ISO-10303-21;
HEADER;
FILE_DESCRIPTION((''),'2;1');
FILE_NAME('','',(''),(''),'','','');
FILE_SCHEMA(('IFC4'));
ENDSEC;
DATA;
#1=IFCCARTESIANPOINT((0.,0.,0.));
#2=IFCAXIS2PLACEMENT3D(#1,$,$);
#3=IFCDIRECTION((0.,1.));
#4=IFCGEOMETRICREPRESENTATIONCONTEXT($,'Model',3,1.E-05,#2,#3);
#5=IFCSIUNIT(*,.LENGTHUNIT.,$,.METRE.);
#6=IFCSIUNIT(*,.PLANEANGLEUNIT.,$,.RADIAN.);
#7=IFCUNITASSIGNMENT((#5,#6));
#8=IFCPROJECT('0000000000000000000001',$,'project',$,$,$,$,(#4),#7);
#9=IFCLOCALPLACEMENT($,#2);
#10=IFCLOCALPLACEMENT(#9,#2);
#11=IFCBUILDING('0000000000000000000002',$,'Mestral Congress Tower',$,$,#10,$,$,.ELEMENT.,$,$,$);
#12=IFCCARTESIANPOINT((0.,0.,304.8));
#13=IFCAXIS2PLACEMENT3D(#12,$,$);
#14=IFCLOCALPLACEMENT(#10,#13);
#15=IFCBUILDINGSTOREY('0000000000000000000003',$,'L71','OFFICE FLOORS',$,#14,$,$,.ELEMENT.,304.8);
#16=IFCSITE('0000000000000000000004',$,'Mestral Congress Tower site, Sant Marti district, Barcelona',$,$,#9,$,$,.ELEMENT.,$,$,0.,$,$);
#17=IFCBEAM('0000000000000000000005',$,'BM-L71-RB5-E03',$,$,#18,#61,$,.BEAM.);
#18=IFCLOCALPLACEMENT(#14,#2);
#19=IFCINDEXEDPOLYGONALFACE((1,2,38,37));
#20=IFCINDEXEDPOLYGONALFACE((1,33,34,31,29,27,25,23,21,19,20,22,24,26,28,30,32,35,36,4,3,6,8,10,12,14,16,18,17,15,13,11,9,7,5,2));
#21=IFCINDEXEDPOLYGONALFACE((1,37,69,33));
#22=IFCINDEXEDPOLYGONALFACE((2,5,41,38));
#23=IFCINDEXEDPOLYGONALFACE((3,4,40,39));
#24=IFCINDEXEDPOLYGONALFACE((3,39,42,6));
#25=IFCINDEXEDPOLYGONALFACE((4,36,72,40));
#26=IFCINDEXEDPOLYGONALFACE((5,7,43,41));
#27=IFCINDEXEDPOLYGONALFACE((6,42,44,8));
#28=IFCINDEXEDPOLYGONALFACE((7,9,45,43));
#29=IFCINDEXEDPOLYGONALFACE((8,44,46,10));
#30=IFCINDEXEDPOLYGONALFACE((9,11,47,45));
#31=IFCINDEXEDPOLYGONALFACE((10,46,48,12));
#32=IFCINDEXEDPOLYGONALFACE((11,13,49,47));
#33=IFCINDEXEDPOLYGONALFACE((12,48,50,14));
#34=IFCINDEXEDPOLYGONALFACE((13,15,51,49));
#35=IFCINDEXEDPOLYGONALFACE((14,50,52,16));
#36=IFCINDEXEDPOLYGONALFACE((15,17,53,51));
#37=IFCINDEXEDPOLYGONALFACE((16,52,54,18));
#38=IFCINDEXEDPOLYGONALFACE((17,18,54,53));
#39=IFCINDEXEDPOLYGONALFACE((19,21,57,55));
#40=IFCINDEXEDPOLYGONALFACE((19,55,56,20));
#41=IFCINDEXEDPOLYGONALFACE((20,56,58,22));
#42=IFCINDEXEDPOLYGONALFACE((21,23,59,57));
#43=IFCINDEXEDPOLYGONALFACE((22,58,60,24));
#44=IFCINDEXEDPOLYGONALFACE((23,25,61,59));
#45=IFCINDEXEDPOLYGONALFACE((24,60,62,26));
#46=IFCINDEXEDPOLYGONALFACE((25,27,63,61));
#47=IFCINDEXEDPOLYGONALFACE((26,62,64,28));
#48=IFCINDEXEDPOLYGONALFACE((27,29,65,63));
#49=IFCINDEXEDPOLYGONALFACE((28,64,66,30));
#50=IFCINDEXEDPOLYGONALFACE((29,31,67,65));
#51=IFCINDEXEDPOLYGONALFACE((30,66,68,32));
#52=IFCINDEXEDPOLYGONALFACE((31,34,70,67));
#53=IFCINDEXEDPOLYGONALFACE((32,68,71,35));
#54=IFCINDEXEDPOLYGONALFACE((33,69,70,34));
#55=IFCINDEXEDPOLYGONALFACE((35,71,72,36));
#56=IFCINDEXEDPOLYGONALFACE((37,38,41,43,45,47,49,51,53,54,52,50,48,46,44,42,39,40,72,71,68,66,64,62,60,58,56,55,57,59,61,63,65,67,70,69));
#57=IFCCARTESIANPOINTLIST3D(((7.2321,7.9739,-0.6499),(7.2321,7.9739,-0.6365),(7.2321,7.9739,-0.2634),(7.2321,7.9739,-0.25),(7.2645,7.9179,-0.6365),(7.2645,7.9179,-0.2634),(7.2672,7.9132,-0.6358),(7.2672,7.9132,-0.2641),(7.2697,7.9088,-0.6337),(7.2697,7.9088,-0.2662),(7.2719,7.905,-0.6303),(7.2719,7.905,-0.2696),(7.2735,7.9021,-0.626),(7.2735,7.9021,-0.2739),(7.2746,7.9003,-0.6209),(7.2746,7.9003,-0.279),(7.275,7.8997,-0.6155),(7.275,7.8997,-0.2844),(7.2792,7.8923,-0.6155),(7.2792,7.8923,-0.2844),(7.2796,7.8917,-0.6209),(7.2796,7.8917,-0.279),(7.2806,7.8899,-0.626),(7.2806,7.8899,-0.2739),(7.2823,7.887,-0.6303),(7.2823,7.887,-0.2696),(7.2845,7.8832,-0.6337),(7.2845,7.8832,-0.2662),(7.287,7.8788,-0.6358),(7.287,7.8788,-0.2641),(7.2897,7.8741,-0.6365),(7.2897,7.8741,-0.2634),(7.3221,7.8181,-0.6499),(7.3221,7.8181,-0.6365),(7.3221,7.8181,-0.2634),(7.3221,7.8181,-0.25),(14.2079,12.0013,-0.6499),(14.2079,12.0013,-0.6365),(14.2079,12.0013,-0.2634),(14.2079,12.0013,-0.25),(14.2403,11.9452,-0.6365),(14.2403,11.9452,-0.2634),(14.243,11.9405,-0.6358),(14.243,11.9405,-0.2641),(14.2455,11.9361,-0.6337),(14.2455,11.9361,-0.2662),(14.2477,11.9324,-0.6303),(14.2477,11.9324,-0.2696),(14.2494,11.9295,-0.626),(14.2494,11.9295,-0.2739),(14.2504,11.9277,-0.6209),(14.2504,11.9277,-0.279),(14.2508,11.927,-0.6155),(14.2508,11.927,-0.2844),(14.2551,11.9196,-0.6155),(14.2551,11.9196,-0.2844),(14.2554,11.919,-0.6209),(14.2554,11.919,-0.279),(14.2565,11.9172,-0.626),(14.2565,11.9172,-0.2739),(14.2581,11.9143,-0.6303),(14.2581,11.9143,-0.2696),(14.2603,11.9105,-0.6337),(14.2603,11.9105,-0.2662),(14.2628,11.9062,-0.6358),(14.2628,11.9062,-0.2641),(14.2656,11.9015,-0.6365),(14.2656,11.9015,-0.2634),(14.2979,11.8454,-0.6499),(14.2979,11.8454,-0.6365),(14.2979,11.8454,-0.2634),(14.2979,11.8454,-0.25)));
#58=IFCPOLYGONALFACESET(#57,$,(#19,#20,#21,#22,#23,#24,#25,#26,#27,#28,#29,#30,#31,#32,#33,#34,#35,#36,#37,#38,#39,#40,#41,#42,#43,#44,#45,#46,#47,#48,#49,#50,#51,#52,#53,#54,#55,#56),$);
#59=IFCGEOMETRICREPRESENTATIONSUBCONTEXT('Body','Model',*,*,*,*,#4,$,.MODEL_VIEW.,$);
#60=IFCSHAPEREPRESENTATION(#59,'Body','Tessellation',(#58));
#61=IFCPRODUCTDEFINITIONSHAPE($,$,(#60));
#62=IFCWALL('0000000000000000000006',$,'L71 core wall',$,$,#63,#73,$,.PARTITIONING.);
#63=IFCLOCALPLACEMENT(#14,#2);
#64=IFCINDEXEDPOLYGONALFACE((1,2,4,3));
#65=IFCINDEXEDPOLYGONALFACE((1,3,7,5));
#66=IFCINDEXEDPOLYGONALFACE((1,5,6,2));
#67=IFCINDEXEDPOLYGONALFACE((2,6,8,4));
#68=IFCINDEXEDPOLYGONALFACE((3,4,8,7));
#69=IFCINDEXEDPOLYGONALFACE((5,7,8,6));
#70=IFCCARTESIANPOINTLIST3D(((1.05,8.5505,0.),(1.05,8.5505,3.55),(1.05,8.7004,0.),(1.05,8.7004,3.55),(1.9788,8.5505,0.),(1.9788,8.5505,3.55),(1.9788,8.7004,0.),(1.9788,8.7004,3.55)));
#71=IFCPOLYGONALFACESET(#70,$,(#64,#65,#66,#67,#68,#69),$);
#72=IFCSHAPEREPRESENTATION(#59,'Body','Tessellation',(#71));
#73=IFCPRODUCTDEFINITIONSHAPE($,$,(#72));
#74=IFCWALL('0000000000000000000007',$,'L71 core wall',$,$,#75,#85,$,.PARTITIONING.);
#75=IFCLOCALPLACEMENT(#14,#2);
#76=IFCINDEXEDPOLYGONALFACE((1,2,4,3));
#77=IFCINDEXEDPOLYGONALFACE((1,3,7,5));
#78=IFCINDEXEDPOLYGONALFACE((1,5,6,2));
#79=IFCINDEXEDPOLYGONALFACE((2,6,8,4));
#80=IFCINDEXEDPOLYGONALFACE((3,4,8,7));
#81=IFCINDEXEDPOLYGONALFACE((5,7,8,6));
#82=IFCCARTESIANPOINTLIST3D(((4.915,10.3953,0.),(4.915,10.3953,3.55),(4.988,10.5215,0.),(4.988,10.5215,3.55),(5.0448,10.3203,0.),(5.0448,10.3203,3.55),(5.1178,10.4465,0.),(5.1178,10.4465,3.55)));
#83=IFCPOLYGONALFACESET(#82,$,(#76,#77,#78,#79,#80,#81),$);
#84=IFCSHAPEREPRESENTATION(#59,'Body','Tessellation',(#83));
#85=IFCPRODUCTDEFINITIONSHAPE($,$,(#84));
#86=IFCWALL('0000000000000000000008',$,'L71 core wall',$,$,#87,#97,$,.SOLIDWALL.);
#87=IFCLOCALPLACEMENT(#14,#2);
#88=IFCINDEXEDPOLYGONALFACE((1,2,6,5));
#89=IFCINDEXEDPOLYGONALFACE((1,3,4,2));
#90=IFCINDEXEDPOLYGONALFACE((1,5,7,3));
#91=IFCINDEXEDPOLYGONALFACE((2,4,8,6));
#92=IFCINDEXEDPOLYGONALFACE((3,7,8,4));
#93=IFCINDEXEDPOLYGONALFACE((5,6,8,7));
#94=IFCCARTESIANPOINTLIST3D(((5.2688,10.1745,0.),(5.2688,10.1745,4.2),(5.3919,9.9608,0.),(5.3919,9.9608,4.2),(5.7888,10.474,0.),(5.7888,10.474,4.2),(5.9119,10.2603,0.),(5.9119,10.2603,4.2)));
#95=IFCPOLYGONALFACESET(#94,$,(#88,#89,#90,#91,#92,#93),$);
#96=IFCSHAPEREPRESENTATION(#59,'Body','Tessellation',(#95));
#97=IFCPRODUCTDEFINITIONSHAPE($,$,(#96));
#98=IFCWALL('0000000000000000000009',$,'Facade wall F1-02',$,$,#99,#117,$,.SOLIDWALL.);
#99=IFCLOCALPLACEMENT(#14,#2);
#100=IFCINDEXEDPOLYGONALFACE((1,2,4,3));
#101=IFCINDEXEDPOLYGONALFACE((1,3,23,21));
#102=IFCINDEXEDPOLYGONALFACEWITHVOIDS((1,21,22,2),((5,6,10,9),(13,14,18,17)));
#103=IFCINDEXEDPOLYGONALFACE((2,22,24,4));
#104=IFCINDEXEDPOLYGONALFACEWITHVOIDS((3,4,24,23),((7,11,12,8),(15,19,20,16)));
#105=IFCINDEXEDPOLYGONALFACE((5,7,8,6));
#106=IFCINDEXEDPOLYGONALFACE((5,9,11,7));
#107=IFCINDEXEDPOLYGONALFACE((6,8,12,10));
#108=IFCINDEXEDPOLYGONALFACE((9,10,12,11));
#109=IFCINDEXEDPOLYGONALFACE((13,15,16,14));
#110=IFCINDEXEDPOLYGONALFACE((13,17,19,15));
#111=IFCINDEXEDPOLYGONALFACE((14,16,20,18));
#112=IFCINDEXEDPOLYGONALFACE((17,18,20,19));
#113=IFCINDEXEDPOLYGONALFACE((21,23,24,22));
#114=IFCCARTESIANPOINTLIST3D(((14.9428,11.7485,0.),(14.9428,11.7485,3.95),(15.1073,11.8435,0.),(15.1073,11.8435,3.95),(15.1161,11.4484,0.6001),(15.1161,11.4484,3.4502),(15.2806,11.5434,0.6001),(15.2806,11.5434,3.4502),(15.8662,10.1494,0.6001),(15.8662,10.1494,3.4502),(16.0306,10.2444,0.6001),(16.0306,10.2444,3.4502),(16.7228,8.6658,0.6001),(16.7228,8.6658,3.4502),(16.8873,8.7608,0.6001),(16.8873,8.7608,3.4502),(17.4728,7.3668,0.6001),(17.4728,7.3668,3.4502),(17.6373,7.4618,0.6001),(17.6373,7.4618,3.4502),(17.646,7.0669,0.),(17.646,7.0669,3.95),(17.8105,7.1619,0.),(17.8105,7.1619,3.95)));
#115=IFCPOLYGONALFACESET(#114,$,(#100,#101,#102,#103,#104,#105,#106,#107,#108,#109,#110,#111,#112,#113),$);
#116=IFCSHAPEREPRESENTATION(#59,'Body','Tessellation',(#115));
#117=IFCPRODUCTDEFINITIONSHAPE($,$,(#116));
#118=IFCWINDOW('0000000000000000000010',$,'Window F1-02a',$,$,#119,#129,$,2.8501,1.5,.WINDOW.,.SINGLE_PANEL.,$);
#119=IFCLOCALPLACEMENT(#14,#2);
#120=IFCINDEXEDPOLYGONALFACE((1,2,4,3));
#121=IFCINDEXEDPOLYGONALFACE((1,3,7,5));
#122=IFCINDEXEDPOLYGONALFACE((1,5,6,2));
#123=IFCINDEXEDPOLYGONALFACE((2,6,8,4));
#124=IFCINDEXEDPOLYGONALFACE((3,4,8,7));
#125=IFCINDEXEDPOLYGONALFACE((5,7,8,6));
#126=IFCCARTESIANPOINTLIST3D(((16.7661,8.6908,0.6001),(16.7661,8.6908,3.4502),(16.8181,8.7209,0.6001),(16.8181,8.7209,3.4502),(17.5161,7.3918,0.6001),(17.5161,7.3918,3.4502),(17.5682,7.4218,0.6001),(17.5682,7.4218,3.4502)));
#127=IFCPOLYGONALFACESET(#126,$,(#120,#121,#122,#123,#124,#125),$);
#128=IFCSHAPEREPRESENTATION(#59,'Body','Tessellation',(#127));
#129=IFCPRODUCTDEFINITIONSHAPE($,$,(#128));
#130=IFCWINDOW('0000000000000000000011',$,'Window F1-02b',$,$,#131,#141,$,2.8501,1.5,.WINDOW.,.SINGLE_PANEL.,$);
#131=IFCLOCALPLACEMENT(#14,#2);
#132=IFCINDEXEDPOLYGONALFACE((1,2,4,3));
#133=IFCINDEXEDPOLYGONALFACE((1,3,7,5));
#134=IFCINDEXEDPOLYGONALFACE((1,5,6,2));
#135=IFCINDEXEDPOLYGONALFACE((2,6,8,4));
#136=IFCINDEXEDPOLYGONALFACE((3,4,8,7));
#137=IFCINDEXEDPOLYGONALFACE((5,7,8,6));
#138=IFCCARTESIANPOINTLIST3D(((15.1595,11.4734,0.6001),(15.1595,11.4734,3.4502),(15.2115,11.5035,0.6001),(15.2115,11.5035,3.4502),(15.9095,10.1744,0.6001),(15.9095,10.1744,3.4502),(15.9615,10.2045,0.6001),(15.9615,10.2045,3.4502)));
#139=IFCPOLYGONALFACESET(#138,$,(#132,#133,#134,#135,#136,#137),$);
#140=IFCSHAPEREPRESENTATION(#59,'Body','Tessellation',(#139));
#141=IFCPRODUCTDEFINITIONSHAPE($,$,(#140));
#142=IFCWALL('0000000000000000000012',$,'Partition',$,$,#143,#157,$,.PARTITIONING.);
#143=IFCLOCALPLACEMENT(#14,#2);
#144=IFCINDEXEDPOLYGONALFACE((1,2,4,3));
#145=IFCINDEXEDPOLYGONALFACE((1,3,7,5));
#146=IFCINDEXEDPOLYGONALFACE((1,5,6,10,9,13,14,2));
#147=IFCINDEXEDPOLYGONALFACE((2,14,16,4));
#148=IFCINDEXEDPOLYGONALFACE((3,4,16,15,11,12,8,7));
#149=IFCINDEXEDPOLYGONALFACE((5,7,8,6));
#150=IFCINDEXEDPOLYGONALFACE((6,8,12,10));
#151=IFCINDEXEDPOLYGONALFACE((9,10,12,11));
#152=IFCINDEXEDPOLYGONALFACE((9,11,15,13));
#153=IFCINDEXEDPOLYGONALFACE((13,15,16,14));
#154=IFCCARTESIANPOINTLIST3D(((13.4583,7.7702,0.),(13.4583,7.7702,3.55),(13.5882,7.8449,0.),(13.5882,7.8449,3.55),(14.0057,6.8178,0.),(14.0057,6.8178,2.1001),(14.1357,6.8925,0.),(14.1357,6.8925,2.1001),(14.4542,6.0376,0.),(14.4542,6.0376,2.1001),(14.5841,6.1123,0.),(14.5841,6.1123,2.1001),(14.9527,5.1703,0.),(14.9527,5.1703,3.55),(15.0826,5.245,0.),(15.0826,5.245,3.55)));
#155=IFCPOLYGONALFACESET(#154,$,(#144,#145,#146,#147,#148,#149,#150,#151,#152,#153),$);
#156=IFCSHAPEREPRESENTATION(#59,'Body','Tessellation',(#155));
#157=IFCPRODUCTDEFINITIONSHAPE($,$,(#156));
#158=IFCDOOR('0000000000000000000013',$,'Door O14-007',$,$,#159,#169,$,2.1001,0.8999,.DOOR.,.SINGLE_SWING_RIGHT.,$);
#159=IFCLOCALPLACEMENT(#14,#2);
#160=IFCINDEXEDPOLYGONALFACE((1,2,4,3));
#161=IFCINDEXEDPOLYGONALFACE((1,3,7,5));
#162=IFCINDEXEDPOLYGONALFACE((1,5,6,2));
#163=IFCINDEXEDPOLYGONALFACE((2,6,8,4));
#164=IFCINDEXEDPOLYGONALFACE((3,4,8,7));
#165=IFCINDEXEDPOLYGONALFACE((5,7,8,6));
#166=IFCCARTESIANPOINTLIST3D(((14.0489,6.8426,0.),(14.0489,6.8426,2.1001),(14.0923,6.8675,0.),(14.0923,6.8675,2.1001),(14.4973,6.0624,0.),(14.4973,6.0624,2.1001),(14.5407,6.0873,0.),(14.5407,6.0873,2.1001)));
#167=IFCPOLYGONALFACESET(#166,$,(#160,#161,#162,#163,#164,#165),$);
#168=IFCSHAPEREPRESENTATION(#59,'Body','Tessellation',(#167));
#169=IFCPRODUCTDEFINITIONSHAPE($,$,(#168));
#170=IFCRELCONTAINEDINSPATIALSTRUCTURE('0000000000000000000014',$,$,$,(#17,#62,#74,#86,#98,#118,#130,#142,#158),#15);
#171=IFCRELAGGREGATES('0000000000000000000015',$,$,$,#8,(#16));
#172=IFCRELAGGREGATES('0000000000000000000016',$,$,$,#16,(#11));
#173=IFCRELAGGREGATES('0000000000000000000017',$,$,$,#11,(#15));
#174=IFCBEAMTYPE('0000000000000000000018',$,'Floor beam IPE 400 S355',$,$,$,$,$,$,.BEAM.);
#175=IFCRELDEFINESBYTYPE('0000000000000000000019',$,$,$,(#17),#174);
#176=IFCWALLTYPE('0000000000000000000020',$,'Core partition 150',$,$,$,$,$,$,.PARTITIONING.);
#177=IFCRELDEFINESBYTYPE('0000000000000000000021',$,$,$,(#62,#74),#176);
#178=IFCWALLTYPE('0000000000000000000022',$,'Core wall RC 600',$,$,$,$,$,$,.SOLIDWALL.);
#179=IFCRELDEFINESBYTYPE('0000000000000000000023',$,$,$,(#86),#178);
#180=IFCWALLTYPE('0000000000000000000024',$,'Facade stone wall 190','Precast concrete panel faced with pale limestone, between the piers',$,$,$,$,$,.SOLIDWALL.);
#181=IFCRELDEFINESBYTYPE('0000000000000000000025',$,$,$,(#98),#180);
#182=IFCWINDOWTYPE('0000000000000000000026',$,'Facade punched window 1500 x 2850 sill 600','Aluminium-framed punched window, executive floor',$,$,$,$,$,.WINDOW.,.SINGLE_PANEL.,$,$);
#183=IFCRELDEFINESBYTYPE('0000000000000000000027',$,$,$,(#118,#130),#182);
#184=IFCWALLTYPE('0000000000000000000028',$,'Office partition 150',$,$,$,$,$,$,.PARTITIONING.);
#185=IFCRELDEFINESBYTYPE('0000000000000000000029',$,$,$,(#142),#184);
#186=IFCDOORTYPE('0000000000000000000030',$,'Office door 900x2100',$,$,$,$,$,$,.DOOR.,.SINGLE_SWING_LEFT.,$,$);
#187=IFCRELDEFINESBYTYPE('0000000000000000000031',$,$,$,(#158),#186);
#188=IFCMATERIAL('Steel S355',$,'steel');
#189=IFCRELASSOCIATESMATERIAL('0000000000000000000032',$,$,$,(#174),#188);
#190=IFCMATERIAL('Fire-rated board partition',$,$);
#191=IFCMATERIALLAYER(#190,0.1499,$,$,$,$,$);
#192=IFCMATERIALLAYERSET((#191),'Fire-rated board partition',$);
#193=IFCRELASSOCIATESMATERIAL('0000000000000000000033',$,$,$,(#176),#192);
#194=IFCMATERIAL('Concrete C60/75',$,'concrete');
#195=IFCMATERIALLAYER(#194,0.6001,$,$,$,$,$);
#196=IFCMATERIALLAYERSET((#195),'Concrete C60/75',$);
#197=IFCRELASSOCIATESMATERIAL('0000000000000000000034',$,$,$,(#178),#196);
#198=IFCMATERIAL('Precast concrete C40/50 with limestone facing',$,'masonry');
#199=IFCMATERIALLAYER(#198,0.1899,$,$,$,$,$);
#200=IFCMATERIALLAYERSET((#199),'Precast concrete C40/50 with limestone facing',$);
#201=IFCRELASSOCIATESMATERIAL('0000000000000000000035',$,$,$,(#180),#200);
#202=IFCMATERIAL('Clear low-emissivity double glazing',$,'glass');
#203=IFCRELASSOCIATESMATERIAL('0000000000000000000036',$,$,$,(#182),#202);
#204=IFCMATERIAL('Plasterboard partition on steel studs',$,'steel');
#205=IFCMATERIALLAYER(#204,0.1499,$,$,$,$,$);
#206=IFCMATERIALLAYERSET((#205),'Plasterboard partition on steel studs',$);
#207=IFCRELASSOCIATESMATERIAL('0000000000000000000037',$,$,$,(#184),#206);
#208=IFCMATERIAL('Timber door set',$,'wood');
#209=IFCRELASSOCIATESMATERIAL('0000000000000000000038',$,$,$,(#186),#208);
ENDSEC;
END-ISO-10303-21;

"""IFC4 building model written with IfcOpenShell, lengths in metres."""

from ifc_helpers import new_model, si_unit, direction, frame, frame_2d, origin, origin_2d, place, context, subcontext, project, spatial, rectangle, i_section, extrude, material, layer, layer_set, material_profile, profile_set, type_object, element, fill, save


model = new_model("IFC4")

# Units and contexts
model_context = context("Model", 3, precision=1e-05, world=origin(), true_north=direction((0.0, 1.0)))
body_context = subcontext(model_context, "Body", "Model", "MODEL_VIEW")
ifc_project = project(units=[si_unit("LENGTHUNIT", "METRE"), si_unit("PLANEANGLEUNIT", "RADIAN")], contexts=[model_context])

# Site, building, storey
site_placement = place(None, origin())
site = spatial("IfcSite", under=ifc_project, at=site_placement, Name="Mestral Congress Tower site, Sant Marti district, Barcelona", CompositionType="ELEMENT", RefElevation=0.0)
building_placement = place(site_placement, origin())
building = spatial("IfcBuilding", under=site, at=building_placement, Name="Mestral Congress Tower", CompositionType="ELEMENT")
storey_placement = place(building_placement, frame((0.0, 0.0, 304.8)))
storey = spatial("IfcBuildingStorey", under=building, at=storey_placement, Name="L71", Description="OFFICE FLOORS", CompositionType="ELEMENT", Elevation=304.8)

# Beam
ifc_material_1 = material(Name="Steel S355", Category="steel")
ifc_material_profile = material_profile(ifc_material_1, i_section(OverallWidth=0.1799, OverallDepth=0.3999, WebThickness=0.0085, FlangeThickness=0.0134, FilletRadius=0.021, at=origin_2d()), Name="IPE 400")
ifc_profile_set = profile_set([ifc_material_profile], Name="Steel S355")
beam_type = type_object("IfcBeamType", Name="Floor beam IPE 400 S355", PredefinedType="BEAM", material=ifc_profile_set)
beam_placement = place(storey_placement, frame((14.2529, 11.9233, -0.45), z_axis=(-0.866034, -0.499986, 0.0), x_axis=(0.499986, -0.866034, 0.0)))
element("IfcBeam", 1, at=beam_placement, inside=storey, type_object=beam_type, Name="BM-L71-RB5-E03", PredefinedType="BEAM", context=body_context, shape_type="SweptSolid", body=[
    extrude(i_section(OverallWidth=0.1799, OverallDepth=0.3999, WebThickness=0.0085, FlangeThickness=0.0134, FilletRadius=0.021, at=origin_2d()), origin(), (0.0, 0.0, 1.0), 8.0549),
])

# Walls
ifc_material_2 = material(Name="Fire-rated board partition")
ifc_layer_1 = layer(ifc_material_2, 0.1499)
ifc_layer_set_1 = layer_set([ifc_layer_1], Name="Fire-rated board partition")
wall_type_1 = type_object("IfcWallType", Name="Core partition 150", PredefinedType="PARTITIONING", material=ifc_layer_set_1)
wall_1_placement = place(storey_placement, frame((1.05, 8.6255, 0.0), z_axis=(0.0, 0.0, 1.0), x_axis=(1.0, 0.0, 0.0)))
element("IfcWall", 2, at=wall_1_placement, inside=storey, type_object=wall_type_1, Name="L71 core wall", PredefinedType="PARTITIONING", context=body_context, shape_type="SweptSolid", body=[
    extrude(rectangle(XDim=0.9287, YDim=0.1499, at=frame_2d((0.4644, 0.0))), origin(), (0.0, 0.0, 1.0), 3.55),
])
wall_2_placement = place(storey_placement, frame((4.98, 10.3579, 0.0), z_axis=(0.0, 0.0, 1.0), x_axis=(0.50064, 0.865655, 0.0)))
element("IfcWall", 3, at=wall_2_placement, inside=storey, type_object=wall_type_1, Name="L71 core wall", PredefinedType="PARTITIONING", context=body_context, shape_type="SweptSolid", body=[
    extrude(rectangle(XDim=0.1458, YDim=0.1499, at=frame_2d((0.0728, 0.0))), origin(), (0.0, 0.0, 1.0), 3.55),
])
ifc_material_3 = material(Name="Concrete C60/75", Category="concrete")
ifc_layer_2 = layer(ifc_material_3, 0.6001)
ifc_layer_set_2 = layer_set([ifc_layer_2], Name="Concrete C60/75")
wall_type_2 = type_object("IfcWallType", Name="Core wall RC 600", PredefinedType="SOLIDWALL", material=ifc_layer_set_2)
wall_3_placement = place(storey_placement, frame((5.5288, 10.3242, 0.0), z_axis=(0.0, 0.0, 1.0), x_axis=(0.499122, -0.866532, 0.0)))
element("IfcWall", 4, at=wall_3_placement, inside=storey, type_object=wall_type_2, Name="L71 core wall", PredefinedType="SOLIDWALL", context=body_context, shape_type="SweptSolid", body=[
    extrude(rectangle(XDim=0.2466, YDim=0.6001, at=frame_2d((0.1233, 0.0))), origin(), (0.0, 0.0, 1.0), 4.2),
])

# Wall, openings, windows
ifc_material_4 = material(Name="Precast concrete C40/50 with limestone facing", Category="masonry")
ifc_layer_3 = layer(ifc_material_4, 0.1899)
ifc_layer_set_3 = layer_set([ifc_layer_3], Name="Precast concrete C40/50 with limestone facing")
wall_type_3 = type_object("IfcWallType", Name="Facade stone wall 190", Description="Precast concrete panel faced with pale limestone, between the piers", PredefinedType="SOLIDWALL", material=ifc_layer_set_3)
wall_4_placement = place(storey_placement, frame((17.7283, 7.1143, 0.0), z_axis=(0.0, 0.0, 1.0), x_axis=(-0.500025, 0.866011, 0.0)))
wall_4 = element("IfcWall", 5, at=wall_4_placement, inside=storey, type_object=wall_type_3, Name="Facade wall F1-02", PredefinedType="SOLIDWALL", context=body_context, shape_type="SweptSolid", body=[
    extrude(rectangle(XDim=5.406, YDim=0.1899, at=frame_2d((2.7031, 0.0))), origin(), (0.0, 0.0, 1.0), 3.95),
])
opening_1_placement = place(wall_4_placement, frame((0.3464, 0.0, 0.6001)))
opening_1 = element("IfcOpeningElement", 6, at=opening_1_placement, cuts=wall_4, PredefinedType="OPENING", context=body_context, shape_type="SweptSolid", body=[
    extrude(rectangle(XDim=1.5, YDim=2.8501, at=frame_2d((0.75, 1.425))), frame((0.0, 0.105, 0.0), z_axis=(0.0, -1.0, 0.0), x_axis=(1.0, 0.0, 0.0)), (0.0, 0.0, 1.0), 0.21),
])
opening_2_placement = place(wall_4_placement, frame((3.5596, 0.0, 0.6001)))
opening_2 = element("IfcOpeningElement", 7, at=opening_2_placement, cuts=wall_4, PredefinedType="OPENING", context=body_context, shape_type="SweptSolid", body=[
    extrude(rectangle(XDim=1.5, YDim=2.8501, at=frame_2d((0.75, 1.425))), frame((0.0, 0.105, 0.0), z_axis=(0.0, -1.0, 0.0), x_axis=(1.0, 0.0, 0.0)), (0.0, 0.0, 1.0), 0.21),
])
ifc_material_5 = material(Name="Clear low-emissivity double glazing", Category="glass")
window_type = type_object("IfcWindowType", Name="Facade punched window 1500 x 2850 sill 600", Description="Aluminium-framed punched window, executive floor", PartitioningType="SINGLE_PANEL", PredefinedType="WINDOW", material=ifc_material_5)
window_1_placement = place(opening_1_placement, origin())
window_1 = element("IfcWindow", 8, at=window_1_placement, inside=storey, type_object=window_type, Name="Window F1-02a", OverallHeight=2.8501, OverallWidth=1.5, PartitioningType="SINGLE_PANEL", PredefinedType="WINDOW", context=body_context, shape_type="SweptSolid", body=[
    extrude(rectangle(XDim=1.5, YDim=2.8501, at=frame_2d((0.75, 1.425))), frame((0.0, 0.0449, 0.0), z_axis=(0.0, -1.0, 0.0), x_axis=(1.0, 0.0, 0.0)), (0.0, 0.0, 1.0), 0.0601),
])
fill(opening_1, window_1)
window_2_placement = place(opening_2_placement, origin())
window_2 = element("IfcWindow", 9, at=window_2_placement, inside=storey, type_object=window_type, Name="Window F1-02b", OverallHeight=2.8501, OverallWidth=1.5, PartitioningType="SINGLE_PANEL", PredefinedType="WINDOW", context=body_context, shape_type="SweptSolid", body=[
    extrude(rectangle(XDim=1.5, YDim=2.8501, at=frame_2d((0.75, 1.425))), frame((0.0, 0.0449, 0.0), z_axis=(0.0, -1.0, 0.0), x_axis=(1.0, 0.0, 0.0)), (0.0, 0.0, 1.0), 0.0601),
])
fill(opening_2, window_2)

# Wall, opening, door
ifc_material_6 = material(Name="Plasterboard partition on steel studs", Category="steel")
ifc_layer_4 = layer(ifc_material_6, 0.1499)
ifc_layer_set_4 = layer_set([ifc_layer_4], Name="Plasterboard partition on steel studs")
wall_type_4 = type_object("IfcWallType", Name="Office partition 150", PredefinedType="PARTITIONING", material=ifc_layer_set_4)
wall_5_placement = place(storey_placement, frame((13.5232, 7.8076, 0.0), z_axis=(0.0, 0.0, 1.0), x_axis=(0.498338, -0.866983, 0.0)))
wall_5 = element("IfcWall", 10, at=wall_5_placement, inside=storey, type_object=wall_type_4, Name="Partition", PredefinedType="PARTITIONING", context=body_context, shape_type="SweptSolid", body=[
    extrude(rectangle(XDim=2.9988, YDim=0.1499, at=frame_2d((1.4995, 0.0))), origin(), (0.0, 0.0, 1.0), 3.55),
])
opening_3_placement = place(wall_5_placement, frame((1.0986, 0.0, 0.0)))
opening_3 = element("IfcOpeningElement", 11, at=opening_3_placement, cuts=wall_5, PredefinedType="OPENING", context=body_context, shape_type="SweptSolid", body=[
    extrude(rectangle(XDim=0.8999, YDim=2.1001, at=frame_2d((0.45, 1.05))), frame((0.0, 0.085, 0.0), z_axis=(0.0, -1.0, 0.0), x_axis=(1.0, 0.0, 0.0)), (0.0, 0.0, 1.0), 0.1699),
])
ifc_material_7 = material(Name="Timber door set", Category="wood")
door_type_1 = type_object("IfcDoorType", Name="Office door 900x2100", OperationType="SINGLE_SWING_LEFT", PredefinedType="DOOR", material=ifc_material_7)
door_1_placement = place(opening_3_placement, origin())
door_1 = element("IfcDoor", 12, at=door_1_placement, inside=storey, type_object=door_type_1, Name="Door O14-007", OperationType="SINGLE_SWING_RIGHT", OverallHeight=2.1001, OverallWidth=0.8999, PredefinedType="DOOR", context=body_context, shape_type="SweptSolid", body=[
    extrude(rectangle(XDim=0.8999, YDim=2.1001, at=frame_2d((0.45, 1.05))), frame((0.0, 0.0249, 0.0), z_axis=(0.0, -1.0, 0.0), x_axis=(1.0, 0.0, 0.0)), (0.0, 0.0, 1.0), 0.05),
])
fill(opening_3, door_1)

save(model, "model.ifc")
